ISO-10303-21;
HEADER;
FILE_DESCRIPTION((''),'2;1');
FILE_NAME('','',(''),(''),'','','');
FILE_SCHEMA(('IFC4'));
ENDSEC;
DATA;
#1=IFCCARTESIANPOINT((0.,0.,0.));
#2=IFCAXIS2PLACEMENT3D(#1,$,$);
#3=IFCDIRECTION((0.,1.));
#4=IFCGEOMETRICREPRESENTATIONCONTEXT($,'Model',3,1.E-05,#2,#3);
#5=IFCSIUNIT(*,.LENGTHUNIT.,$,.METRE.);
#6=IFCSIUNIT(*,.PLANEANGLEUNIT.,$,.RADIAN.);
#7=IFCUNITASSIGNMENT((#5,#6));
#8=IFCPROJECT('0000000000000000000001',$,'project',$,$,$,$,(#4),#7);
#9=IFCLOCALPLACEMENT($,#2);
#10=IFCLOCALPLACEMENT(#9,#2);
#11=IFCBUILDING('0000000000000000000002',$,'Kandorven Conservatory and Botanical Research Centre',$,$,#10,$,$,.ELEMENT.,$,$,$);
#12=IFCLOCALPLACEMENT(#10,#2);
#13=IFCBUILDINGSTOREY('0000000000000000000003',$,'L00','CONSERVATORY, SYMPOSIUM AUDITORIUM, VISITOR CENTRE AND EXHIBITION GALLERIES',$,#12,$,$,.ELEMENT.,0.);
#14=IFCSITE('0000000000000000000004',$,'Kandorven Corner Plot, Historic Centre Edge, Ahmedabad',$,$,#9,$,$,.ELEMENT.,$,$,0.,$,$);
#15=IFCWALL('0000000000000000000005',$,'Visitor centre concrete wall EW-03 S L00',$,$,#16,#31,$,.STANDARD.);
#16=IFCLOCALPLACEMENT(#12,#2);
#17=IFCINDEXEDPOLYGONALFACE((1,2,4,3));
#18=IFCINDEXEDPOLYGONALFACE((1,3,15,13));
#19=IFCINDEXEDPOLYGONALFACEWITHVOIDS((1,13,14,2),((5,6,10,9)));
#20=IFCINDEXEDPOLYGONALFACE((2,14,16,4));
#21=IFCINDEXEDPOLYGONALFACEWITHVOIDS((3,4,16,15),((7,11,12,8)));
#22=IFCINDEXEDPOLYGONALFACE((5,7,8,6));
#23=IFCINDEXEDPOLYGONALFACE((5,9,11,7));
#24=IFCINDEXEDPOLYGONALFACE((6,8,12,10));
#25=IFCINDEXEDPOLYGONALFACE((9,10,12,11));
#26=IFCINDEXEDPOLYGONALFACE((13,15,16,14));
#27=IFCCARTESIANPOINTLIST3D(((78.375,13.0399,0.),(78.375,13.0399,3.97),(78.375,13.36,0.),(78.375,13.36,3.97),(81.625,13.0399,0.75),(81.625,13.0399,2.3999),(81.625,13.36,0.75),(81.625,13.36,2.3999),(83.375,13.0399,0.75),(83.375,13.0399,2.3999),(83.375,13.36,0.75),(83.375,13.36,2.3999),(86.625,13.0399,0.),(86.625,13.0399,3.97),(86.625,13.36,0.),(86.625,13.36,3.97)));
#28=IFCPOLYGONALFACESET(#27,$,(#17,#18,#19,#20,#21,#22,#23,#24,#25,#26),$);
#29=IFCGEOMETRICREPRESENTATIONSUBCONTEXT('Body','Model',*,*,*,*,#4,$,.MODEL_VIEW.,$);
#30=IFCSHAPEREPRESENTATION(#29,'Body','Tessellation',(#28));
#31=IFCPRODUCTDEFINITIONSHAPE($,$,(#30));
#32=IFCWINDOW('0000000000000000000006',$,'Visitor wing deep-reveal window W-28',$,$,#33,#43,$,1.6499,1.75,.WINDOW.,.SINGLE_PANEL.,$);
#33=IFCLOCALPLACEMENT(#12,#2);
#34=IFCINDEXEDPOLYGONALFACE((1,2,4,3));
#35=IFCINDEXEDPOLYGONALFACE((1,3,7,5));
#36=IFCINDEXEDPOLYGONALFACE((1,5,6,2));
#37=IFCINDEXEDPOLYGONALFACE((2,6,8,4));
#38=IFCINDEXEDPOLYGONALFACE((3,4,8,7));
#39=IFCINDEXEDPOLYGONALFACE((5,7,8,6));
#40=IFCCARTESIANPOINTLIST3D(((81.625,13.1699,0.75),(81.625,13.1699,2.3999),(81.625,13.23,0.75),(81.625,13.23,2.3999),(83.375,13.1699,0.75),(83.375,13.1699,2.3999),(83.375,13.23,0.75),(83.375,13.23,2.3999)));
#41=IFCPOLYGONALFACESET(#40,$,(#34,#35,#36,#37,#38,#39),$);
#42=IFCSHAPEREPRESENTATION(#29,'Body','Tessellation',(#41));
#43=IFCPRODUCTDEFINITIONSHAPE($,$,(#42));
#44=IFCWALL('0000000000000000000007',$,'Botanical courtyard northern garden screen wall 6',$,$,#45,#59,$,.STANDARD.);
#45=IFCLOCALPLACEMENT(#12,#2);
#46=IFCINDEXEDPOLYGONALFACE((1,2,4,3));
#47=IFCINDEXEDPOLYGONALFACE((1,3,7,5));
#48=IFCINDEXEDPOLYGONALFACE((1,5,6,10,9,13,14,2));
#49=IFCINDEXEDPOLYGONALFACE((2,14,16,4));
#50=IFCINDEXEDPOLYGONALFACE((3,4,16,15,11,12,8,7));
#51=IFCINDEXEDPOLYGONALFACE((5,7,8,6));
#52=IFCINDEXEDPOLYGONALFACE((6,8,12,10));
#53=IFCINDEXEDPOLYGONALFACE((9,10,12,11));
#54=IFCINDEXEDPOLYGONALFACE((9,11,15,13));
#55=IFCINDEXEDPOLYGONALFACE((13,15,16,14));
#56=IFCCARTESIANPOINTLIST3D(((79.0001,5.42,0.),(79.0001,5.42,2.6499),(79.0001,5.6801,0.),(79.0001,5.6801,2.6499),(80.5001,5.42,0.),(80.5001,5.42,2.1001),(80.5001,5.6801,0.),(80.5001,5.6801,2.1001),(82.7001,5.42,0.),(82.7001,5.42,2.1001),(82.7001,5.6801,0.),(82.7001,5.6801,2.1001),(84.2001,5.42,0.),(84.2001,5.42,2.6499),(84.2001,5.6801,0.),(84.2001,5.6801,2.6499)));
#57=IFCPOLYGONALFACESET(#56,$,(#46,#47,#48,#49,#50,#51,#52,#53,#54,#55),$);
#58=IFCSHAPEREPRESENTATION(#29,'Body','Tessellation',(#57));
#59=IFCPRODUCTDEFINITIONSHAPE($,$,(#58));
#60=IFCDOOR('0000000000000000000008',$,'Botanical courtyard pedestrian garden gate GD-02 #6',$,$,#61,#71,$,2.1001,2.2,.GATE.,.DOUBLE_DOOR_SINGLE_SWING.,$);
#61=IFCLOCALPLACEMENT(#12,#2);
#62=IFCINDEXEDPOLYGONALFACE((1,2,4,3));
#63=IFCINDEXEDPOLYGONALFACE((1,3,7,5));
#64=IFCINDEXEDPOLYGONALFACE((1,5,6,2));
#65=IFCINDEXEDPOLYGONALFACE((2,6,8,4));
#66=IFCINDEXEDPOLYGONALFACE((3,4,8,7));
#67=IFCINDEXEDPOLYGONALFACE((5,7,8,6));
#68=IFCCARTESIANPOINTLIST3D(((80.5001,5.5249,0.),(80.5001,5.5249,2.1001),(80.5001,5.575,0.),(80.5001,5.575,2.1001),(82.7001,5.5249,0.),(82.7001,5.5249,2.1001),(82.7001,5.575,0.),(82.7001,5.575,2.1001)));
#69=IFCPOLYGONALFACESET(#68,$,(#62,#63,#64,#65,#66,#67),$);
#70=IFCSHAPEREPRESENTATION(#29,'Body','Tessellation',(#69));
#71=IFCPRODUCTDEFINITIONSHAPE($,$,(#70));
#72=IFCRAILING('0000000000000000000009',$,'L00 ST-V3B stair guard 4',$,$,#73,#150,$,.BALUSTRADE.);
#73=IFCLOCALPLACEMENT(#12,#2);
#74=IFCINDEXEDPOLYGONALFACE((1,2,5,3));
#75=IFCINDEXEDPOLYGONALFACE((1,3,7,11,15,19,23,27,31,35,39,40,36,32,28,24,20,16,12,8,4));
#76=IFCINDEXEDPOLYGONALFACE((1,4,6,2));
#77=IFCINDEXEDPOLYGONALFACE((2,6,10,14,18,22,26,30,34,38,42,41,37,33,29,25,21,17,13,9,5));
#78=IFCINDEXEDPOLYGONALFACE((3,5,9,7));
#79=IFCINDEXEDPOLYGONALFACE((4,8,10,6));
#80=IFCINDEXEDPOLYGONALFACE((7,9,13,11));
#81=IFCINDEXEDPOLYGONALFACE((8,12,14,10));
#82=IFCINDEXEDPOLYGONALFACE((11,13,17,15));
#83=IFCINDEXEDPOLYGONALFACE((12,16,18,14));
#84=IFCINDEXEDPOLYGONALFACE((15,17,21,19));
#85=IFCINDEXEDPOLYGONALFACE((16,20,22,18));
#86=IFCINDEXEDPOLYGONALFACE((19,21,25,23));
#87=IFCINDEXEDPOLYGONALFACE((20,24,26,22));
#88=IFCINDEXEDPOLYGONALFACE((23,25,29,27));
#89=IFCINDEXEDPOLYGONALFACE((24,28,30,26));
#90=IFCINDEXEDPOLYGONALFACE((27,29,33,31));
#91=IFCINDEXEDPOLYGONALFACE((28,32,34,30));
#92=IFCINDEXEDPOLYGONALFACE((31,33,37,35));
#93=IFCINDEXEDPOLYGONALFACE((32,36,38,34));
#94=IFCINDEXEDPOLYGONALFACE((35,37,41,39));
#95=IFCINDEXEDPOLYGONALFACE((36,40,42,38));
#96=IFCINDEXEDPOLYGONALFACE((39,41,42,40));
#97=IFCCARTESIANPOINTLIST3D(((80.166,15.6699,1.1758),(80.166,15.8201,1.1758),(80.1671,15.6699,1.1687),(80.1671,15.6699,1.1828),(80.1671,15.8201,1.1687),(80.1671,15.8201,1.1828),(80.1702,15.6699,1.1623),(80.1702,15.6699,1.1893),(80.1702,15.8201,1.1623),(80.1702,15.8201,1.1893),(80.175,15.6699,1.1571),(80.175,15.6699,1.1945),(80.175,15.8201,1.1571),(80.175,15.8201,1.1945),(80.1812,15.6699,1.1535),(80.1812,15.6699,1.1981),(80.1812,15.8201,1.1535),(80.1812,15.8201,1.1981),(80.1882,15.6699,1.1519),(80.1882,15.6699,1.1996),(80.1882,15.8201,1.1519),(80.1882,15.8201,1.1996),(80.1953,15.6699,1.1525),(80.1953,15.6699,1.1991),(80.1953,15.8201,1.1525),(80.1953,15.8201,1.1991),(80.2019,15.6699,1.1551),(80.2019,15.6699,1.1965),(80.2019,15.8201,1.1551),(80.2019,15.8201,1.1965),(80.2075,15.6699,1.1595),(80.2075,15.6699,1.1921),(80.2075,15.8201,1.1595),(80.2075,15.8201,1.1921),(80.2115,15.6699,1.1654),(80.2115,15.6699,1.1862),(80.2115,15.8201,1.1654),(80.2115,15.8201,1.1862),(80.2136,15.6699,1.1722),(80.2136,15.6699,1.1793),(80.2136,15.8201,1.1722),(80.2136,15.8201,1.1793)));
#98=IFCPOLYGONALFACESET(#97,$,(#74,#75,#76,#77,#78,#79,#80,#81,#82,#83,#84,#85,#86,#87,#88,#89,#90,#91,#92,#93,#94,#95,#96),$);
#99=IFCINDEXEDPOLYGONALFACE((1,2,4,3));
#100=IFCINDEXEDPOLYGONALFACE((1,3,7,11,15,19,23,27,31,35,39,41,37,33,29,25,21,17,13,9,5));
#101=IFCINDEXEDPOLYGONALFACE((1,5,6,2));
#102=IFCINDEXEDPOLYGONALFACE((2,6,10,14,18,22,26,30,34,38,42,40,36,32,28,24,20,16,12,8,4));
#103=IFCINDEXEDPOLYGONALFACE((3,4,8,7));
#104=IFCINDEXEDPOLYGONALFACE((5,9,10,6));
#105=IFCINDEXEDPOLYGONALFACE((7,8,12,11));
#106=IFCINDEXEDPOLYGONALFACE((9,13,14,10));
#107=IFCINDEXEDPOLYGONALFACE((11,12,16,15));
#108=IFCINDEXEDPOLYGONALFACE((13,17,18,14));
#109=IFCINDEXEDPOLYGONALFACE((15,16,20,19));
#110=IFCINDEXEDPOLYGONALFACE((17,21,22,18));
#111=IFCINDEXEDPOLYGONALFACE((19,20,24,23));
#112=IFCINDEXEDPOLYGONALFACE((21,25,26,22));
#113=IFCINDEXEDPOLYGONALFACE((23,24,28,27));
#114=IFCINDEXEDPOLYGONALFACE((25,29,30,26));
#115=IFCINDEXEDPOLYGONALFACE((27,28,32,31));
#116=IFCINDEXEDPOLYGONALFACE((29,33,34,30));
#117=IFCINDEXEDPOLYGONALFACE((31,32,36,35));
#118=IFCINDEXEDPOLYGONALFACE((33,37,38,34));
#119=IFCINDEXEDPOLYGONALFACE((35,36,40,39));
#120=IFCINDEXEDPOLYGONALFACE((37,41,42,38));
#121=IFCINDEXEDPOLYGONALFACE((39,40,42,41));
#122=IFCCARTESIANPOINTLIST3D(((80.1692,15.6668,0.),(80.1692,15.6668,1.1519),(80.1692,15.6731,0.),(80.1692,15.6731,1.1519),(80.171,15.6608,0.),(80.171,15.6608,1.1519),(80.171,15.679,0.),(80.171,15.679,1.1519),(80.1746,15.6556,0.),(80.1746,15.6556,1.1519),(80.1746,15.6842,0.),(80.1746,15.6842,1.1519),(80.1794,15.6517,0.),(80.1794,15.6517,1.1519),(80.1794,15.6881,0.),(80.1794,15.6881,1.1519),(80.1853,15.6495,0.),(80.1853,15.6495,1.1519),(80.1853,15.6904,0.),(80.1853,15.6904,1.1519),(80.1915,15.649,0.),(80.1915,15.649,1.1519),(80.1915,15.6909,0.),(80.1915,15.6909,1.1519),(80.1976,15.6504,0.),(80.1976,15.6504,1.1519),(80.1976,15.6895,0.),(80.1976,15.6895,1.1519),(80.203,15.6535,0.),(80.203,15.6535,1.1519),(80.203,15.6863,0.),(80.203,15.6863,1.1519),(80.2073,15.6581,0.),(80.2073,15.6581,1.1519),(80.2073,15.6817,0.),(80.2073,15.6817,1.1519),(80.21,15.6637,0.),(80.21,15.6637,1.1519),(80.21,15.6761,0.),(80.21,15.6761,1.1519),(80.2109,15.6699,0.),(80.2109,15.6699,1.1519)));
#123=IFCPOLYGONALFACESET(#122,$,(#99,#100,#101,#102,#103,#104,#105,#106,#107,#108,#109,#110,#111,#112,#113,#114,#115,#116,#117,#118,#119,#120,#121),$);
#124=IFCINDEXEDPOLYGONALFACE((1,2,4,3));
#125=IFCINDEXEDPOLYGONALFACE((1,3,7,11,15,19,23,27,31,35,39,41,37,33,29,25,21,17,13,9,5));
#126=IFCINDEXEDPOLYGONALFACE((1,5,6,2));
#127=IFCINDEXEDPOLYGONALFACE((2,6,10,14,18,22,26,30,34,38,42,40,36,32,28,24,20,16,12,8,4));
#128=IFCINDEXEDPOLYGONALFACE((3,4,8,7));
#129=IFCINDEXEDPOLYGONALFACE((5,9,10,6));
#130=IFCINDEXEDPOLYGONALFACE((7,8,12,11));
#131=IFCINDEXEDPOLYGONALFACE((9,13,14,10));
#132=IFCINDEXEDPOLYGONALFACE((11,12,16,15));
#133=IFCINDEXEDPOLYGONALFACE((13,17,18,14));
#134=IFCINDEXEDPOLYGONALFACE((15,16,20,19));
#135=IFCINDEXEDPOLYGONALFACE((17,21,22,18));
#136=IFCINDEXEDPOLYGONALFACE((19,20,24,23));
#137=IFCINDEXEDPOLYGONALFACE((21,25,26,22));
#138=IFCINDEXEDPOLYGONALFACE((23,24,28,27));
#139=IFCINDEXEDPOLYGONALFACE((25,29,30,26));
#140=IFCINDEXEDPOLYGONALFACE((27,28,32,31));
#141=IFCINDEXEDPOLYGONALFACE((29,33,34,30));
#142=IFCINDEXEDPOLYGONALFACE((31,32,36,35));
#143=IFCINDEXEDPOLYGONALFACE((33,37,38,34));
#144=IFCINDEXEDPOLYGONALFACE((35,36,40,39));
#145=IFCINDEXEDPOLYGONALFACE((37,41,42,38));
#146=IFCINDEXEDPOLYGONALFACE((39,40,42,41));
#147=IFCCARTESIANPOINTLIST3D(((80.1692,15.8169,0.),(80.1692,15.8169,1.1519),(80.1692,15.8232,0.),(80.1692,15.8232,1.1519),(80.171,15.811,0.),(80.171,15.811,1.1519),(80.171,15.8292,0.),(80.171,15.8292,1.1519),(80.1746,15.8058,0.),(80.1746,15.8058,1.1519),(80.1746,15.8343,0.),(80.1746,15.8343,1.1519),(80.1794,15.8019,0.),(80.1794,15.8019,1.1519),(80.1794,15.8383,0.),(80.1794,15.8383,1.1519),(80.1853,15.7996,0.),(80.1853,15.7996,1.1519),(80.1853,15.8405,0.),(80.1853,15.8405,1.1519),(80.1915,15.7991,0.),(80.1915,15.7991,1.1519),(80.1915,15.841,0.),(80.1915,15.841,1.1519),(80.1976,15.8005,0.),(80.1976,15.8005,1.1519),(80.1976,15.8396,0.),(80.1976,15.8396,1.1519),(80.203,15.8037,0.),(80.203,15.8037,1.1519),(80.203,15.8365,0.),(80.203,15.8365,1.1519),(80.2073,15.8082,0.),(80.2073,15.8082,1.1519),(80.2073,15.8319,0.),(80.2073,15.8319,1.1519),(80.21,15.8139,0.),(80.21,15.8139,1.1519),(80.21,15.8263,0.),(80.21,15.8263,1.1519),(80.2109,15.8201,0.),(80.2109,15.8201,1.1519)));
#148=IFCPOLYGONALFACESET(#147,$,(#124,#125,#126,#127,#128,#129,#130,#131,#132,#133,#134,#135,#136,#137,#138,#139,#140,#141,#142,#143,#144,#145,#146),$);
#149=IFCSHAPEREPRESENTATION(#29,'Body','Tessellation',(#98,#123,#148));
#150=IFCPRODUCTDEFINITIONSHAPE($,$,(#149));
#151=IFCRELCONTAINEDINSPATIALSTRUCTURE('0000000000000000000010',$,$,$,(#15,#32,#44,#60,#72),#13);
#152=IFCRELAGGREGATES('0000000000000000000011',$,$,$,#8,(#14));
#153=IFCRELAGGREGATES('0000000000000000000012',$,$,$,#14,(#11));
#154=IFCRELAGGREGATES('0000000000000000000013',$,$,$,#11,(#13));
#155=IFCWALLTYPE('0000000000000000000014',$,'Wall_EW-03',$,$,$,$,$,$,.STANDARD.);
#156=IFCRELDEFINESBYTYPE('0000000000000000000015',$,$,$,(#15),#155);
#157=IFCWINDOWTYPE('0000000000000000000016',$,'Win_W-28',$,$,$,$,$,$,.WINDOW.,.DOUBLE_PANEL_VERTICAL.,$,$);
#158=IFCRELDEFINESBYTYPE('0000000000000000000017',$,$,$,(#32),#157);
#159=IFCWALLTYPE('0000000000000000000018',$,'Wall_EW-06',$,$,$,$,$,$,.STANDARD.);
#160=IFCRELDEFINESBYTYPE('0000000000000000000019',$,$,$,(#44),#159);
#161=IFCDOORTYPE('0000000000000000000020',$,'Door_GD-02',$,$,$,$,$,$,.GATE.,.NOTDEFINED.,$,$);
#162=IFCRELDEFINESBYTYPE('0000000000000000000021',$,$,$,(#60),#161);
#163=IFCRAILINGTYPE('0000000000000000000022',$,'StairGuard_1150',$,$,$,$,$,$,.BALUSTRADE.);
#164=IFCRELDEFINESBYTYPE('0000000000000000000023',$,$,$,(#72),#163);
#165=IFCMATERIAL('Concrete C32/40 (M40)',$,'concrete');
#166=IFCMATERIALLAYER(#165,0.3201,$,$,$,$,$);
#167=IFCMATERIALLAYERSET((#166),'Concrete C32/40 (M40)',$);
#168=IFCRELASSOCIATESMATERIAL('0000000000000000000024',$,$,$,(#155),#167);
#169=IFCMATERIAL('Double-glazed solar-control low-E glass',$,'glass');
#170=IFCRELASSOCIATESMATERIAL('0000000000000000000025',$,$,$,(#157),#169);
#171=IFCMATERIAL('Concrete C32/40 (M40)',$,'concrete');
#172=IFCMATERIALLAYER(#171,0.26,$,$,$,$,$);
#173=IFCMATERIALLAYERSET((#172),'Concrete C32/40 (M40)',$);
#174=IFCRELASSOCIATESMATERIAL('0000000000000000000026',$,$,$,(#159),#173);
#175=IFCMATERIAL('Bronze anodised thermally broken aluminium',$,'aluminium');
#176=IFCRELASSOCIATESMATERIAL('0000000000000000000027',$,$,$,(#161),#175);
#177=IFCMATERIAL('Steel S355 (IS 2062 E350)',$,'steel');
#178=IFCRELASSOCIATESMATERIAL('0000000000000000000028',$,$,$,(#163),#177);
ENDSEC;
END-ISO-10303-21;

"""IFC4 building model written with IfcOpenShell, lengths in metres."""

from ifc_helpers import new_model, si_unit, direction, frame, frame_2d, origin, origin_2d, place, context, subcontext, project, spatial, rectangle, circle, extrude, material, layer, layer_set, type_object, element, fill, save


model = new_model("IFC4")

# Units and contexts
model_context = context("Model", 3, precision=1e-05, world=origin(), true_north=direction((0.0, 1.0)))
body_context = subcontext(model_context, "Body", "Model", "MODEL_VIEW")
ifc_project = project(units=[si_unit("LENGTHUNIT", "METRE"), si_unit("PLANEANGLEUNIT", "RADIAN")], contexts=[model_context])

# Site, building, storey
site_placement = place(None, origin())
site = spatial("IfcSite", under=ifc_project, at=site_placement, Name="Kandorven Corner Plot, Historic Centre Edge, Ahmedabad", CompositionType="ELEMENT", RefElevation=0.0)
building_placement = place(site_placement, origin())
building = spatial("IfcBuilding", under=site, at=building_placement, Name="Kandorven Conservatory and Botanical Research Centre", CompositionType="ELEMENT")
storey_placement = place(building_placement, origin())
storey = spatial("IfcBuildingStorey", under=building, at=storey_placement, Name="L00", Description="CONSERVATORY, SYMPOSIUM AUDITORIUM, VISITOR CENTRE AND EXHIBITION GALLERIES", CompositionType="ELEMENT", Elevation=0.0)

# Wall, opening, window
ifc_material_1 = material(Name="Concrete C32/40 (M40)", Category="concrete")
ifc_layer_1 = layer(ifc_material_1, 0.3201)
ifc_layer_set_1 = layer_set([ifc_layer_1], Name="Concrete C32/40 (M40)")
wall_type_1 = type_object("IfcWallType", Name="Wall_EW-03", PredefinedType="STANDARD", material=ifc_layer_set_1)
wall_1_placement = place(storey_placement, frame((78.375, 13.2, 0.0), z_axis=(0.0, 0.0, 1.0), x_axis=(1.0, 0.0, 0.0)))
wall_1 = element("IfcWall", 1, at=wall_1_placement, inside=storey, type_object=wall_type_1, Name="Visitor centre concrete wall EW-03 S L00", PredefinedType="STANDARD", context=body_context, shape_type="SweptSolid", body=[
    extrude(rectangle(XDim=8.25, YDim=0.3201, at=frame_2d((4.125, 0.0))), origin(), (0.0, 0.0, 1.0), 3.97),
])
opening_1_placement = place(wall_1_placement, frame((3.25, 0.0, 0.75)))
opening_1 = element("IfcOpeningElement", 2, at=opening_1_placement, cuts=wall_1, PredefinedType="OPENING", context=body_context, shape_type="SweptSolid", body=[
    extrude(rectangle(XDim=1.75, YDim=1.6499, at=frame_2d((0.875, 0.825))), frame((0.0, 0.1699, 0.0), z_axis=(0.0, -1.0, 0.0), x_axis=(1.0, 0.0, 0.0)), (0.0, 0.0, 1.0), 0.3401),
])
ifc_material_2 = material(Name="Double-glazed solar-control low-E glass", Category="glass")
window_type = type_object("IfcWindowType", Name="Win_W-28", PartitioningType="DOUBLE_PANEL_VERTICAL", PredefinedType="WINDOW", material=ifc_material_2)
window_placement = place(opening_1_placement, origin())
window = element("IfcWindow", 3, at=window_placement, inside=storey, type_object=window_type, Name="Visitor wing deep-reveal window W-28", OverallHeight=1.6499, OverallWidth=1.75, PartitioningType="SINGLE_PANEL", PredefinedType="WINDOW", context=body_context, shape_type="SweptSolid", body=[
    extrude(rectangle(XDim=1.75, YDim=1.6499, at=frame_2d((0.875, 0.825))), frame((0.0, 0.03, 0.0), z_axis=(0.0, -1.0, 0.0), x_axis=(1.0, 0.0, 0.0)), (0.0, 0.0, 1.0), 0.0601),
])
fill(opening_1, window)

# Wall, opening, door
ifc_material_3 = material(Name="Concrete C32/40 (M40)", Category="concrete")
ifc_layer_2 = layer(ifc_material_3, 0.26)
ifc_layer_set_2 = layer_set([ifc_layer_2], Name="Concrete C32/40 (M40)")
wall_type_2 = type_object("IfcWallType", Name="Wall_EW-06", PredefinedType="STANDARD", material=ifc_layer_set_2)
wall_2_placement = place(storey_placement, frame((79.0, 5.55, 0.0), z_axis=(0.0, 0.0, 1.0), x_axis=(1.0, 0.0, 0.0)))
wall_2 = element("IfcWall", 4, at=wall_2_placement, inside=storey, type_object=wall_type_2, Name="Botanical courtyard northern garden screen wall 6", PredefinedType="STANDARD", context=body_context, shape_type="SweptSolid", body=[
    extrude(rectangle(XDim=5.2, YDim=0.26, at=frame_2d((2.6001, 0.0))), origin(), (0.0, 0.0, 1.0), 2.6499),
])
opening_2_placement = place(wall_2_placement, frame((1.5, 0.0, 0.0)))
opening_2 = element("IfcOpeningElement", 5, at=opening_2_placement, cuts=wall_2, PredefinedType="OPENING", context=body_context, shape_type="SweptSolid", body=[
    extrude(rectangle(XDim=2.2, YDim=2.1001, at=frame_2d((1.1001, 1.05))), frame((0.0, 0.1399, 0.0), z_axis=(0.0, -1.0, 0.0), x_axis=(1.0, 0.0, 0.0)), (0.0, 0.0, 1.0), 0.28),
])
ifc_material_4 = material(Name="Bronze anodised thermally broken aluminium", Category="aluminium")
door_type_1 = type_object("IfcDoorType", Name="Door_GD-02", OperationType="NOTDEFINED", PredefinedType="GATE", material=ifc_material_4)
door_1_placement = place(opening_2_placement, origin())
door_1 = element("IfcDoor", 6, at=door_1_placement, inside=storey, type_object=door_type_1, Name="Botanical courtyard pedestrian garden gate GD-02 #6", OperationType="DOUBLE_DOOR_SINGLE_SWING", OverallHeight=2.1001, OverallWidth=2.2, PredefinedType="GATE", context=body_context, shape_type="SweptSolid", body=[
    extrude(rectangle(XDim=2.2, YDim=2.1001, at=frame_2d((1.1001, 1.05))), frame((0.0, 0.0249, 0.0), z_axis=(0.0, -1.0, 0.0), x_axis=(1.0, 0.0, 0.0)), (0.0, 0.0, 1.0), 0.05),
])
fill(opening_2, door_1)

# Railing
ifc_material_5 = material(Name="Steel S355 (IS 2062 E350)", Category="steel")
railing_type_1 = type_object("IfcRailingType", Name="StairGuard_1150", PredefinedType="BALUSTRADE", material=ifc_material_5)
railing_1_placement = place(storey_placement, frame((80.1899, 15.6699, 0.0)))
element("IfcRailing", 7, at=railing_1_placement, inside=storey, type_object=railing_type_1, Name="L00 ST-V3B stair guard 4", PredefinedType="BALUSTRADE", context=body_context, shape_type="SweptSolid", body=[
    extrude(circle(Radius=0.0239, at=origin_2d()), frame((0.0, 0.0, 1.1758), z_axis=(0.0, 1.0, 0.0), x_axis=(-1.0, 0.0, 0.0)), (0.0, 0.0, 1.0), 0.1501),
    extrude(circle(Radius=0.021, at=origin_2d()), origin(), (0.0, 0.0, 1.0), 1.1519),
    extrude(circle(Radius=0.021, at=origin_2d()), frame((0.0, 0.1501, 0.0)), (0.0, 0.0, 1.0), 1.1519),
])

save(model, "model.ifc")
